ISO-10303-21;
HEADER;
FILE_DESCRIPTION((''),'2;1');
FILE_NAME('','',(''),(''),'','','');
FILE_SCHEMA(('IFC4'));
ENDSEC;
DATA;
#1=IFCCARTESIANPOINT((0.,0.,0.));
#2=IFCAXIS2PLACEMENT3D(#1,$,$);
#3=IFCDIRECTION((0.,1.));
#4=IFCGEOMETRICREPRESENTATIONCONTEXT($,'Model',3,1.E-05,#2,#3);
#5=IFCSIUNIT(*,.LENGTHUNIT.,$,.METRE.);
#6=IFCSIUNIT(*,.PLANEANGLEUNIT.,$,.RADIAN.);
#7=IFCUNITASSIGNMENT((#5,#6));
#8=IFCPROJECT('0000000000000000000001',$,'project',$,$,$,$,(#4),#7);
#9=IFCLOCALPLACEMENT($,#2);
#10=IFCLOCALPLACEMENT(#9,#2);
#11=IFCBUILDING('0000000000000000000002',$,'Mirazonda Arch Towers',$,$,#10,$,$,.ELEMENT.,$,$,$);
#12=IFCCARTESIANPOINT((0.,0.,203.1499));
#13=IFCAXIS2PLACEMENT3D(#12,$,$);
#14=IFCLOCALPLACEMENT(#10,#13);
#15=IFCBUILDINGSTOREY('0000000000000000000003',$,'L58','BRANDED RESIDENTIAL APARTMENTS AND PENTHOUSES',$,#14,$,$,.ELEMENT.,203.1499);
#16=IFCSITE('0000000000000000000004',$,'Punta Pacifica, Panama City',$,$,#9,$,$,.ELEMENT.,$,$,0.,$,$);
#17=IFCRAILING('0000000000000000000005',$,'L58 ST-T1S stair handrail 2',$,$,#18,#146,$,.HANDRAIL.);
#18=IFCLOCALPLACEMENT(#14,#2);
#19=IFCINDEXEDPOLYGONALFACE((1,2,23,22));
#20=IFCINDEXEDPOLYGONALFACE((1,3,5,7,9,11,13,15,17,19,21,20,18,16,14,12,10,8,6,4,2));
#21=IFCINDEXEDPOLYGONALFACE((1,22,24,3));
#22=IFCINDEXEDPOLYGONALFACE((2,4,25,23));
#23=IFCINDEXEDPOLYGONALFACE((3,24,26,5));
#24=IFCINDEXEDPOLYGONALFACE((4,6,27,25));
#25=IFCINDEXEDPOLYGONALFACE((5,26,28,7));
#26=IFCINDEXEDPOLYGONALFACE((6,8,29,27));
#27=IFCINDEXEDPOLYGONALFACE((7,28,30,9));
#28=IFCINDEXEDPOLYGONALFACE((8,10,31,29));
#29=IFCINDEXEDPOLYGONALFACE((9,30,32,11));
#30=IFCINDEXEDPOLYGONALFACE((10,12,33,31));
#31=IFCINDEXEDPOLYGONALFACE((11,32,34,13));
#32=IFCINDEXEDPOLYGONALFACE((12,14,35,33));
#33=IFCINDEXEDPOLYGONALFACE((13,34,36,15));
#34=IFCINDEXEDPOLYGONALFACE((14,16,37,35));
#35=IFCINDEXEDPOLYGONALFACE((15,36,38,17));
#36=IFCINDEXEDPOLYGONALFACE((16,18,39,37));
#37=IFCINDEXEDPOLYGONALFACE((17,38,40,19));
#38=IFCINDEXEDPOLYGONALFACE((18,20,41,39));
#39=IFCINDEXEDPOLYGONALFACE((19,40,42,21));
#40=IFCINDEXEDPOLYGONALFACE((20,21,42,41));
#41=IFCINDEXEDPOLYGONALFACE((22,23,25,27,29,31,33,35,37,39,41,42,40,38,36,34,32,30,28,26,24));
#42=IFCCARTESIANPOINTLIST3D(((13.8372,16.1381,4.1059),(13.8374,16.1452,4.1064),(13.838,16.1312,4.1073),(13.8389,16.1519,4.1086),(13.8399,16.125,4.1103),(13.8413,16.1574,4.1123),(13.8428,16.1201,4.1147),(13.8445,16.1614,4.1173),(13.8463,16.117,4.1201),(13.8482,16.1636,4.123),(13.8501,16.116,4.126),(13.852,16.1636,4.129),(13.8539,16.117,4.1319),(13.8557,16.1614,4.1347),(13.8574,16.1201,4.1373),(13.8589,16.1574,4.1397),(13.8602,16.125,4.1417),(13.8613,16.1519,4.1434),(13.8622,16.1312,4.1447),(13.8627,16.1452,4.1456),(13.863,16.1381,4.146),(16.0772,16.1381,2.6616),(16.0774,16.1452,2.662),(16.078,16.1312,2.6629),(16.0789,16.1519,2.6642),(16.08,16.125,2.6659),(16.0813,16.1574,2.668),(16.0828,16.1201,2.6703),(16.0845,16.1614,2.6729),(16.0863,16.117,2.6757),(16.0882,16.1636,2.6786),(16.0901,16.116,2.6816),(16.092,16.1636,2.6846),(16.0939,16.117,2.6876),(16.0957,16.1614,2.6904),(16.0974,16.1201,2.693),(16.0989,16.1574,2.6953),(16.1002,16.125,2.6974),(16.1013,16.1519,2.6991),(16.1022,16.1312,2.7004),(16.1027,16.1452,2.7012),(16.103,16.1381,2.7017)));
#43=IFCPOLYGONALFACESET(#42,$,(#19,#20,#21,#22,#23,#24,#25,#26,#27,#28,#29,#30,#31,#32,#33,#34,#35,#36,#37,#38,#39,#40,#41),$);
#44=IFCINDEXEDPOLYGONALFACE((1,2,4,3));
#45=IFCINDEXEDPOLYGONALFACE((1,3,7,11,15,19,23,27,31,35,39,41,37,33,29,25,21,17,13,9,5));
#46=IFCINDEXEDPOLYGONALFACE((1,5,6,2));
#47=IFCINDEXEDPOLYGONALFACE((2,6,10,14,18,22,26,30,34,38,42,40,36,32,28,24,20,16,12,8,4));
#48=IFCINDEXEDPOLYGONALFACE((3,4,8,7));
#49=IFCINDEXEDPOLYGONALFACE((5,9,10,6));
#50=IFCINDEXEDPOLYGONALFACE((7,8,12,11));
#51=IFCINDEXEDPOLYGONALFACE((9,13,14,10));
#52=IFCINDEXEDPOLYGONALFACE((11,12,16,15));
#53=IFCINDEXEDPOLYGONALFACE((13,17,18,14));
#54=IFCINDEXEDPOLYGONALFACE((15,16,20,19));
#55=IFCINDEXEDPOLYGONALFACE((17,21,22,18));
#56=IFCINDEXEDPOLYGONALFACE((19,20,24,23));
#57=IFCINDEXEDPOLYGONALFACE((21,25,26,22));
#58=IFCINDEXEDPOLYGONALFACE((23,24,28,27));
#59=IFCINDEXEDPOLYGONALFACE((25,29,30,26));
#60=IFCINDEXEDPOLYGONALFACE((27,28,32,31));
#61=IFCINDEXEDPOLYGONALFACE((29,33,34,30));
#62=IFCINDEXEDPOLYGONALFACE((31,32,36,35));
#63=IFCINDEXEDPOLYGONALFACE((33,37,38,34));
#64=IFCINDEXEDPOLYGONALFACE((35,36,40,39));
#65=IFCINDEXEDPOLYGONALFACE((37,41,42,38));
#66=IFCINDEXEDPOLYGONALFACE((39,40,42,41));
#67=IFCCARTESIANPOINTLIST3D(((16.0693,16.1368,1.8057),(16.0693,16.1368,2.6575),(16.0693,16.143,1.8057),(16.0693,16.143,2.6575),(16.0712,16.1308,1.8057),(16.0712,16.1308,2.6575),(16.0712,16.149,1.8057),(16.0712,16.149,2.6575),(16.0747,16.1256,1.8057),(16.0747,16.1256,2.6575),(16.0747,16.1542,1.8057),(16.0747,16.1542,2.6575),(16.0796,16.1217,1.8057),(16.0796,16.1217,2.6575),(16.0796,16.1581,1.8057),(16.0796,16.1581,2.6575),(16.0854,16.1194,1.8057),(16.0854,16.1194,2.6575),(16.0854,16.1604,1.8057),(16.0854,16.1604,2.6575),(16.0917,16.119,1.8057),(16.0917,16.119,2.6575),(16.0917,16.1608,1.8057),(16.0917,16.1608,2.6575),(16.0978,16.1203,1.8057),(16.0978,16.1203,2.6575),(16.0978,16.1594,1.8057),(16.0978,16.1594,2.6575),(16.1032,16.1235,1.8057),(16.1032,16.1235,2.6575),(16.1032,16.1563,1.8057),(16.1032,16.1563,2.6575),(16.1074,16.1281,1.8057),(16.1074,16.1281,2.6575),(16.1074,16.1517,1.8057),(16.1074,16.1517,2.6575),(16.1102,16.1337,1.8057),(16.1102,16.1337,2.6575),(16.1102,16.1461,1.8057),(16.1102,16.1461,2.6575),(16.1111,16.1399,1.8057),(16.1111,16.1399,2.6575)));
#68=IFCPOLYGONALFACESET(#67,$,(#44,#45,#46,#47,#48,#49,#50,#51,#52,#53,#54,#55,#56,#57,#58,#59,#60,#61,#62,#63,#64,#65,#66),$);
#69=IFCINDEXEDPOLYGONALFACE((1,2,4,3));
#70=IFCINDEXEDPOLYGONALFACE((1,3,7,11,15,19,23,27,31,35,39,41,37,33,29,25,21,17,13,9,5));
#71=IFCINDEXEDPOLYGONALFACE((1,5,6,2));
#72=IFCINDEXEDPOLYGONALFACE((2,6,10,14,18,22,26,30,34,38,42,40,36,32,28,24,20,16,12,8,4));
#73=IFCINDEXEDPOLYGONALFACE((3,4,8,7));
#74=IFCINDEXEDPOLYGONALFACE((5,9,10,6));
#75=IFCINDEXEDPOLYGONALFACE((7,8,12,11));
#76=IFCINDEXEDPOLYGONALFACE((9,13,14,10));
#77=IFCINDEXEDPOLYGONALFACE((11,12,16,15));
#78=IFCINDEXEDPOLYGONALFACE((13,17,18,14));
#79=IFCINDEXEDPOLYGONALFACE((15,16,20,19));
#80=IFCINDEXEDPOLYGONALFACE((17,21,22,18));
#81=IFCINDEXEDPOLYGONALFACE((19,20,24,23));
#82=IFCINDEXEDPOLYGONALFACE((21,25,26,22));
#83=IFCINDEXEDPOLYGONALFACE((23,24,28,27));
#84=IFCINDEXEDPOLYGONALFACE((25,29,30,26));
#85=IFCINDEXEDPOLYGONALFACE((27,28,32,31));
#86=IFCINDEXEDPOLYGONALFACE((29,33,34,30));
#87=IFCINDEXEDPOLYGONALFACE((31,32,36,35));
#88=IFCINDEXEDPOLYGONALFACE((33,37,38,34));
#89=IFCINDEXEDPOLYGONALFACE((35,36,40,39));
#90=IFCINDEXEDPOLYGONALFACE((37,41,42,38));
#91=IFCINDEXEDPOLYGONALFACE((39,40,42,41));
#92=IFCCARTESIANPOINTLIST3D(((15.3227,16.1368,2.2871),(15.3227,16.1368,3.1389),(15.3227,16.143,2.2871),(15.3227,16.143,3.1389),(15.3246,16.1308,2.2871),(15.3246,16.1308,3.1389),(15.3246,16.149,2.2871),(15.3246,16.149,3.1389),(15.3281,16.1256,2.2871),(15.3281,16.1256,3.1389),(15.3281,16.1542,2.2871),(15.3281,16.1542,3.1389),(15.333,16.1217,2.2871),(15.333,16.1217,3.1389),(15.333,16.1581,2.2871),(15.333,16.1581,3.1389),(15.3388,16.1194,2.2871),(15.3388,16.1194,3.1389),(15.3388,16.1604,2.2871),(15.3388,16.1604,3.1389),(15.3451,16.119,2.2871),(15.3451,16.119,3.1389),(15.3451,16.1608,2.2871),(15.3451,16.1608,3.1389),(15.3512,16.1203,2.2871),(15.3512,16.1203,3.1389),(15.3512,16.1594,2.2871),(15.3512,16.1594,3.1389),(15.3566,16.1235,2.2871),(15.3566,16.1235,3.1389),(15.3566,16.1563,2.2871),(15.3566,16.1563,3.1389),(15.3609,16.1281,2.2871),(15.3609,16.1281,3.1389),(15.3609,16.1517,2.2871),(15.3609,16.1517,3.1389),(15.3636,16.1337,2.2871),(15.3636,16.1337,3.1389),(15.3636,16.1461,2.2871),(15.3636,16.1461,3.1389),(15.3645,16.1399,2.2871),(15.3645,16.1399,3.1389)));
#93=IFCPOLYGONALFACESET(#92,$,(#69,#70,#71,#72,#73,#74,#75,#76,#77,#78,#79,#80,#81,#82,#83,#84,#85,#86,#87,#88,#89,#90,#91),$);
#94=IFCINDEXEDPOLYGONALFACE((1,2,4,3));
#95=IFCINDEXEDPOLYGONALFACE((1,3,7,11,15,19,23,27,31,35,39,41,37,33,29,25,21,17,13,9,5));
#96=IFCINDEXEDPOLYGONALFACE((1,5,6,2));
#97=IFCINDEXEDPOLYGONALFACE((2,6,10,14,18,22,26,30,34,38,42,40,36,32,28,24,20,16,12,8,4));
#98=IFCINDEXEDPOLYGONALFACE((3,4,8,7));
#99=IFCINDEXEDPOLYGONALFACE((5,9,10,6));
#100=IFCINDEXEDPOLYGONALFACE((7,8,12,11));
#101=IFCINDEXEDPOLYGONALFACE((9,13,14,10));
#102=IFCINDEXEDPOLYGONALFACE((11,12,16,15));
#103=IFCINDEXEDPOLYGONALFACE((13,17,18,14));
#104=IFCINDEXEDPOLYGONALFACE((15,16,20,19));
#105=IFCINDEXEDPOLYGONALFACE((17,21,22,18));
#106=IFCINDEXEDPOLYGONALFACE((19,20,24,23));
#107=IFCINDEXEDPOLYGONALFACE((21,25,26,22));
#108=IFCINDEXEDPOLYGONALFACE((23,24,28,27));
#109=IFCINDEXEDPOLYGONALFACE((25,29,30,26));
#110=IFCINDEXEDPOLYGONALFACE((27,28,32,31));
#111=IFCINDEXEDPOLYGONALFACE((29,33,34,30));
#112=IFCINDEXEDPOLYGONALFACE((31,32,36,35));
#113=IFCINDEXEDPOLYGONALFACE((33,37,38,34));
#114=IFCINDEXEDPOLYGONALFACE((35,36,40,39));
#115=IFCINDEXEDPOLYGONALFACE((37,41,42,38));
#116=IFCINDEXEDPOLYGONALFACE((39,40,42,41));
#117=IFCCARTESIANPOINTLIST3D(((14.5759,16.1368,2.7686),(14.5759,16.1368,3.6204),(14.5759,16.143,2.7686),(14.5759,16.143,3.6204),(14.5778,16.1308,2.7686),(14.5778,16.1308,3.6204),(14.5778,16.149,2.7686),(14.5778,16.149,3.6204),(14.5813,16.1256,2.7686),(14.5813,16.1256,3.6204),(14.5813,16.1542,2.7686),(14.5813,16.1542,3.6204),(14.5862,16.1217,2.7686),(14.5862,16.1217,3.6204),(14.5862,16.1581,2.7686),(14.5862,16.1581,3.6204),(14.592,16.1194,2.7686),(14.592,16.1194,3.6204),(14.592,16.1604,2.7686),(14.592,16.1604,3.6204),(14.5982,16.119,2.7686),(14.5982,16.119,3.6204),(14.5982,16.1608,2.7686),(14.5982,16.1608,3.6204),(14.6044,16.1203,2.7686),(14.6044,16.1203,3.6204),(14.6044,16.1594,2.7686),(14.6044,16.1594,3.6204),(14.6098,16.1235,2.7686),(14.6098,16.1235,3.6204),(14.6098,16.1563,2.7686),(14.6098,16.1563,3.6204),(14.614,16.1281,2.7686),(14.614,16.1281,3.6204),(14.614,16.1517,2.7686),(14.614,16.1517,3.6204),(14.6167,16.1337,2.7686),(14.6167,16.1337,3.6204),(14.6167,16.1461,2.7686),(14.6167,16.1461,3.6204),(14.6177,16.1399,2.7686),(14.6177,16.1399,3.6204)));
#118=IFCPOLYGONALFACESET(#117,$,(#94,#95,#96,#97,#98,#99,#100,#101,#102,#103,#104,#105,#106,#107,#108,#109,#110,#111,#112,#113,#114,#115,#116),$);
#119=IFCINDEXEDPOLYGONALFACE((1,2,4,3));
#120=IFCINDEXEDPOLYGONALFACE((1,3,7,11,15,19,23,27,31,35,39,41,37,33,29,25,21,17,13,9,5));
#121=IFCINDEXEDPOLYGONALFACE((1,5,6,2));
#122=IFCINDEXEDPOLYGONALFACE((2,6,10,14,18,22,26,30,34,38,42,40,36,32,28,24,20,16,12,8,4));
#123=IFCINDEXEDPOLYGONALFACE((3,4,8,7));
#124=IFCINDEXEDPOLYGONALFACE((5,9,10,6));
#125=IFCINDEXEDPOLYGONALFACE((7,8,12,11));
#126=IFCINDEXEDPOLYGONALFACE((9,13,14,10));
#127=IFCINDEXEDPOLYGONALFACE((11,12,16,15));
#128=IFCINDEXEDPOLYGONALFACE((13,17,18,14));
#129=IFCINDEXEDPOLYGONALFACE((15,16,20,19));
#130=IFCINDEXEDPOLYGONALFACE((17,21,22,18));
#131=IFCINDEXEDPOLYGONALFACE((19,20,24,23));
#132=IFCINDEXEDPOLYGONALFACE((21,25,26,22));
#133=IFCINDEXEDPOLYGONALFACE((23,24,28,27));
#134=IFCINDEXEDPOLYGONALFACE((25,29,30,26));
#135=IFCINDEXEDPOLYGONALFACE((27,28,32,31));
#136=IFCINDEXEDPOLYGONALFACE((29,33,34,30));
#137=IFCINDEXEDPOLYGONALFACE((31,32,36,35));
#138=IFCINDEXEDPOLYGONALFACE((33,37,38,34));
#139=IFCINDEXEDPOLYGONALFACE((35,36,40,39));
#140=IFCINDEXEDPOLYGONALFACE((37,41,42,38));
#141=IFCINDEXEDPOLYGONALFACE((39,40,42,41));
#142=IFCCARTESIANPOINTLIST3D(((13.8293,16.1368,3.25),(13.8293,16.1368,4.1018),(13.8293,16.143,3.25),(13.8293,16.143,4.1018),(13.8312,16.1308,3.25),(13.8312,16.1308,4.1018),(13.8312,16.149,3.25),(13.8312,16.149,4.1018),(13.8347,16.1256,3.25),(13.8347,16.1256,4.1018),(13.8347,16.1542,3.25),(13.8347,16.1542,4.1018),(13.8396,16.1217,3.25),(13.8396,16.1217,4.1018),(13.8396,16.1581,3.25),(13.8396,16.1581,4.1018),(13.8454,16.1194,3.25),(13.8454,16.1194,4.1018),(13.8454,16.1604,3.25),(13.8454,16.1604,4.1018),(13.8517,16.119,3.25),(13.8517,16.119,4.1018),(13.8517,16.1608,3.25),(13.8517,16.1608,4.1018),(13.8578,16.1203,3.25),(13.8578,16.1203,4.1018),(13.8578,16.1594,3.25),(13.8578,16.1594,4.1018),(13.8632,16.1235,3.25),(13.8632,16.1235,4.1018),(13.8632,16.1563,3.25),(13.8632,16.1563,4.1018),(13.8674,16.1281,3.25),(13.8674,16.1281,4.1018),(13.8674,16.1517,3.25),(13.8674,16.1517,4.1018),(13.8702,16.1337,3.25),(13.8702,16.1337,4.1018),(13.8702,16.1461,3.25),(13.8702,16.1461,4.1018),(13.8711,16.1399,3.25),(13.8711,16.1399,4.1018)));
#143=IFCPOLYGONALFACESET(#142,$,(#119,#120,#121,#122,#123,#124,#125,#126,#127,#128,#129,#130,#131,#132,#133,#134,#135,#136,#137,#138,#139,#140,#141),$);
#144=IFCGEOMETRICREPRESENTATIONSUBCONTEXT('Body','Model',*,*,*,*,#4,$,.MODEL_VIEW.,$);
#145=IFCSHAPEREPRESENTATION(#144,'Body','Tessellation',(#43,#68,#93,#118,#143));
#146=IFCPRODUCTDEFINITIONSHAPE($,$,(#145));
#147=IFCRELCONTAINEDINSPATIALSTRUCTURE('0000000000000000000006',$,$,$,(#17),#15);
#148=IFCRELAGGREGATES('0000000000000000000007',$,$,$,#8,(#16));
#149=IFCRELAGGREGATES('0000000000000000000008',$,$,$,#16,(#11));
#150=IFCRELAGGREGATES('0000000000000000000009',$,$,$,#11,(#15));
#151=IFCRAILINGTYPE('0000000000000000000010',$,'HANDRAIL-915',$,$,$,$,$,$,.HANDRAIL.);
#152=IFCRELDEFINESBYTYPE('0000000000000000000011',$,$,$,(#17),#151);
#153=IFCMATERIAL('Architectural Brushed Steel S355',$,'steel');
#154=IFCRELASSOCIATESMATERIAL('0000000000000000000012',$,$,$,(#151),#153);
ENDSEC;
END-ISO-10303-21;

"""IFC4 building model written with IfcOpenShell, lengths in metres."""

from ifc_helpers import new_model, si_unit, direction, frame, origin, origin_2d, place, context, subcontext, project, spatial, circle, extrude, material, type_object, element, save


model = new_model("IFC4")

# Units and contexts
model_context = context("Model", 3, precision=1e-05, world=origin(), true_north=direction((0.0, 1.0)))
body_context = subcontext(model_context, "Body", "Model", "MODEL_VIEW")
ifc_project = project(units=[si_unit("LENGTHUNIT", "METRE"), si_unit("PLANEANGLEUNIT", "RADIAN")], contexts=[model_context])

# Site, building, storey
site_placement = place(None, origin())
site = spatial("IfcSite", under=ifc_project, at=site_placement, Name="Punta Pacifica, Panama City", CompositionType="ELEMENT", RefElevation=0.0)
building_placement = place(site_placement, origin())
building = spatial("IfcBuilding", under=site, at=building_placement, Name="Mirazonda Arch Towers", CompositionType="ELEMENT")
storey_placement = place(building_placement, frame((0.0, 0.0, 203.1499)))
storey = spatial("IfcBuildingStorey", under=building, at=storey_placement, Name="L58", Description="BRANDED RESIDENTIAL APARTMENTS AND PENTHOUSES", CompositionType="ELEMENT", Elevation=203.1499)

# Shared definitions
ifc_material_1 = material(Name="Architectural Brushed Steel S355", Category="steel")

# Railing
railing_type_1 = type_object("IfcRailingType", Name="HANDRAIL-915", PredefinedType="HANDRAIL", material=ifc_material_1)
railing_1_placement = place(storey_placement, frame((16.0901, 16.1399, 1.8057)))
element("IfcRailing", 1, at=railing_1_placement, inside=storey, type_object=railing_type_1, Name="L58 ST-T1S stair handrail 2", PredefinedType="HANDRAIL", context=body_context, shape_type="SweptSolid", body=[
    extrude(circle(Radius=0.0239, at=origin_2d()), frame((0.0, 0.0, 0.876), z_axis=(-0.840437, 0.0, 0.54191), x_axis=(0.0, -1.0, 0.0)), (0.0, 0.0, 1.0), 2.6653),
    extrude(circle(Radius=0.021, at=origin_2d()), origin(), (0.0, 0.0, 1.0), 0.8518),
    extrude(circle(Radius=0.021, at=origin_2d()), frame((-0.7466, 0.0, 0.4814)), (0.0, 0.0, 1.0), 0.8518),
    extrude(circle(Radius=0.021, at=origin_2d()), frame((-1.4934, 0.0, 0.9629)), (0.0, 0.0, 1.0), 0.8518),
    extrude(circle(Radius=0.021, at=origin_2d()), frame((-2.24, 0.0, 1.4443)), (0.0, 0.0, 1.0), 0.8518),
])

save(model, "model.ifc")
